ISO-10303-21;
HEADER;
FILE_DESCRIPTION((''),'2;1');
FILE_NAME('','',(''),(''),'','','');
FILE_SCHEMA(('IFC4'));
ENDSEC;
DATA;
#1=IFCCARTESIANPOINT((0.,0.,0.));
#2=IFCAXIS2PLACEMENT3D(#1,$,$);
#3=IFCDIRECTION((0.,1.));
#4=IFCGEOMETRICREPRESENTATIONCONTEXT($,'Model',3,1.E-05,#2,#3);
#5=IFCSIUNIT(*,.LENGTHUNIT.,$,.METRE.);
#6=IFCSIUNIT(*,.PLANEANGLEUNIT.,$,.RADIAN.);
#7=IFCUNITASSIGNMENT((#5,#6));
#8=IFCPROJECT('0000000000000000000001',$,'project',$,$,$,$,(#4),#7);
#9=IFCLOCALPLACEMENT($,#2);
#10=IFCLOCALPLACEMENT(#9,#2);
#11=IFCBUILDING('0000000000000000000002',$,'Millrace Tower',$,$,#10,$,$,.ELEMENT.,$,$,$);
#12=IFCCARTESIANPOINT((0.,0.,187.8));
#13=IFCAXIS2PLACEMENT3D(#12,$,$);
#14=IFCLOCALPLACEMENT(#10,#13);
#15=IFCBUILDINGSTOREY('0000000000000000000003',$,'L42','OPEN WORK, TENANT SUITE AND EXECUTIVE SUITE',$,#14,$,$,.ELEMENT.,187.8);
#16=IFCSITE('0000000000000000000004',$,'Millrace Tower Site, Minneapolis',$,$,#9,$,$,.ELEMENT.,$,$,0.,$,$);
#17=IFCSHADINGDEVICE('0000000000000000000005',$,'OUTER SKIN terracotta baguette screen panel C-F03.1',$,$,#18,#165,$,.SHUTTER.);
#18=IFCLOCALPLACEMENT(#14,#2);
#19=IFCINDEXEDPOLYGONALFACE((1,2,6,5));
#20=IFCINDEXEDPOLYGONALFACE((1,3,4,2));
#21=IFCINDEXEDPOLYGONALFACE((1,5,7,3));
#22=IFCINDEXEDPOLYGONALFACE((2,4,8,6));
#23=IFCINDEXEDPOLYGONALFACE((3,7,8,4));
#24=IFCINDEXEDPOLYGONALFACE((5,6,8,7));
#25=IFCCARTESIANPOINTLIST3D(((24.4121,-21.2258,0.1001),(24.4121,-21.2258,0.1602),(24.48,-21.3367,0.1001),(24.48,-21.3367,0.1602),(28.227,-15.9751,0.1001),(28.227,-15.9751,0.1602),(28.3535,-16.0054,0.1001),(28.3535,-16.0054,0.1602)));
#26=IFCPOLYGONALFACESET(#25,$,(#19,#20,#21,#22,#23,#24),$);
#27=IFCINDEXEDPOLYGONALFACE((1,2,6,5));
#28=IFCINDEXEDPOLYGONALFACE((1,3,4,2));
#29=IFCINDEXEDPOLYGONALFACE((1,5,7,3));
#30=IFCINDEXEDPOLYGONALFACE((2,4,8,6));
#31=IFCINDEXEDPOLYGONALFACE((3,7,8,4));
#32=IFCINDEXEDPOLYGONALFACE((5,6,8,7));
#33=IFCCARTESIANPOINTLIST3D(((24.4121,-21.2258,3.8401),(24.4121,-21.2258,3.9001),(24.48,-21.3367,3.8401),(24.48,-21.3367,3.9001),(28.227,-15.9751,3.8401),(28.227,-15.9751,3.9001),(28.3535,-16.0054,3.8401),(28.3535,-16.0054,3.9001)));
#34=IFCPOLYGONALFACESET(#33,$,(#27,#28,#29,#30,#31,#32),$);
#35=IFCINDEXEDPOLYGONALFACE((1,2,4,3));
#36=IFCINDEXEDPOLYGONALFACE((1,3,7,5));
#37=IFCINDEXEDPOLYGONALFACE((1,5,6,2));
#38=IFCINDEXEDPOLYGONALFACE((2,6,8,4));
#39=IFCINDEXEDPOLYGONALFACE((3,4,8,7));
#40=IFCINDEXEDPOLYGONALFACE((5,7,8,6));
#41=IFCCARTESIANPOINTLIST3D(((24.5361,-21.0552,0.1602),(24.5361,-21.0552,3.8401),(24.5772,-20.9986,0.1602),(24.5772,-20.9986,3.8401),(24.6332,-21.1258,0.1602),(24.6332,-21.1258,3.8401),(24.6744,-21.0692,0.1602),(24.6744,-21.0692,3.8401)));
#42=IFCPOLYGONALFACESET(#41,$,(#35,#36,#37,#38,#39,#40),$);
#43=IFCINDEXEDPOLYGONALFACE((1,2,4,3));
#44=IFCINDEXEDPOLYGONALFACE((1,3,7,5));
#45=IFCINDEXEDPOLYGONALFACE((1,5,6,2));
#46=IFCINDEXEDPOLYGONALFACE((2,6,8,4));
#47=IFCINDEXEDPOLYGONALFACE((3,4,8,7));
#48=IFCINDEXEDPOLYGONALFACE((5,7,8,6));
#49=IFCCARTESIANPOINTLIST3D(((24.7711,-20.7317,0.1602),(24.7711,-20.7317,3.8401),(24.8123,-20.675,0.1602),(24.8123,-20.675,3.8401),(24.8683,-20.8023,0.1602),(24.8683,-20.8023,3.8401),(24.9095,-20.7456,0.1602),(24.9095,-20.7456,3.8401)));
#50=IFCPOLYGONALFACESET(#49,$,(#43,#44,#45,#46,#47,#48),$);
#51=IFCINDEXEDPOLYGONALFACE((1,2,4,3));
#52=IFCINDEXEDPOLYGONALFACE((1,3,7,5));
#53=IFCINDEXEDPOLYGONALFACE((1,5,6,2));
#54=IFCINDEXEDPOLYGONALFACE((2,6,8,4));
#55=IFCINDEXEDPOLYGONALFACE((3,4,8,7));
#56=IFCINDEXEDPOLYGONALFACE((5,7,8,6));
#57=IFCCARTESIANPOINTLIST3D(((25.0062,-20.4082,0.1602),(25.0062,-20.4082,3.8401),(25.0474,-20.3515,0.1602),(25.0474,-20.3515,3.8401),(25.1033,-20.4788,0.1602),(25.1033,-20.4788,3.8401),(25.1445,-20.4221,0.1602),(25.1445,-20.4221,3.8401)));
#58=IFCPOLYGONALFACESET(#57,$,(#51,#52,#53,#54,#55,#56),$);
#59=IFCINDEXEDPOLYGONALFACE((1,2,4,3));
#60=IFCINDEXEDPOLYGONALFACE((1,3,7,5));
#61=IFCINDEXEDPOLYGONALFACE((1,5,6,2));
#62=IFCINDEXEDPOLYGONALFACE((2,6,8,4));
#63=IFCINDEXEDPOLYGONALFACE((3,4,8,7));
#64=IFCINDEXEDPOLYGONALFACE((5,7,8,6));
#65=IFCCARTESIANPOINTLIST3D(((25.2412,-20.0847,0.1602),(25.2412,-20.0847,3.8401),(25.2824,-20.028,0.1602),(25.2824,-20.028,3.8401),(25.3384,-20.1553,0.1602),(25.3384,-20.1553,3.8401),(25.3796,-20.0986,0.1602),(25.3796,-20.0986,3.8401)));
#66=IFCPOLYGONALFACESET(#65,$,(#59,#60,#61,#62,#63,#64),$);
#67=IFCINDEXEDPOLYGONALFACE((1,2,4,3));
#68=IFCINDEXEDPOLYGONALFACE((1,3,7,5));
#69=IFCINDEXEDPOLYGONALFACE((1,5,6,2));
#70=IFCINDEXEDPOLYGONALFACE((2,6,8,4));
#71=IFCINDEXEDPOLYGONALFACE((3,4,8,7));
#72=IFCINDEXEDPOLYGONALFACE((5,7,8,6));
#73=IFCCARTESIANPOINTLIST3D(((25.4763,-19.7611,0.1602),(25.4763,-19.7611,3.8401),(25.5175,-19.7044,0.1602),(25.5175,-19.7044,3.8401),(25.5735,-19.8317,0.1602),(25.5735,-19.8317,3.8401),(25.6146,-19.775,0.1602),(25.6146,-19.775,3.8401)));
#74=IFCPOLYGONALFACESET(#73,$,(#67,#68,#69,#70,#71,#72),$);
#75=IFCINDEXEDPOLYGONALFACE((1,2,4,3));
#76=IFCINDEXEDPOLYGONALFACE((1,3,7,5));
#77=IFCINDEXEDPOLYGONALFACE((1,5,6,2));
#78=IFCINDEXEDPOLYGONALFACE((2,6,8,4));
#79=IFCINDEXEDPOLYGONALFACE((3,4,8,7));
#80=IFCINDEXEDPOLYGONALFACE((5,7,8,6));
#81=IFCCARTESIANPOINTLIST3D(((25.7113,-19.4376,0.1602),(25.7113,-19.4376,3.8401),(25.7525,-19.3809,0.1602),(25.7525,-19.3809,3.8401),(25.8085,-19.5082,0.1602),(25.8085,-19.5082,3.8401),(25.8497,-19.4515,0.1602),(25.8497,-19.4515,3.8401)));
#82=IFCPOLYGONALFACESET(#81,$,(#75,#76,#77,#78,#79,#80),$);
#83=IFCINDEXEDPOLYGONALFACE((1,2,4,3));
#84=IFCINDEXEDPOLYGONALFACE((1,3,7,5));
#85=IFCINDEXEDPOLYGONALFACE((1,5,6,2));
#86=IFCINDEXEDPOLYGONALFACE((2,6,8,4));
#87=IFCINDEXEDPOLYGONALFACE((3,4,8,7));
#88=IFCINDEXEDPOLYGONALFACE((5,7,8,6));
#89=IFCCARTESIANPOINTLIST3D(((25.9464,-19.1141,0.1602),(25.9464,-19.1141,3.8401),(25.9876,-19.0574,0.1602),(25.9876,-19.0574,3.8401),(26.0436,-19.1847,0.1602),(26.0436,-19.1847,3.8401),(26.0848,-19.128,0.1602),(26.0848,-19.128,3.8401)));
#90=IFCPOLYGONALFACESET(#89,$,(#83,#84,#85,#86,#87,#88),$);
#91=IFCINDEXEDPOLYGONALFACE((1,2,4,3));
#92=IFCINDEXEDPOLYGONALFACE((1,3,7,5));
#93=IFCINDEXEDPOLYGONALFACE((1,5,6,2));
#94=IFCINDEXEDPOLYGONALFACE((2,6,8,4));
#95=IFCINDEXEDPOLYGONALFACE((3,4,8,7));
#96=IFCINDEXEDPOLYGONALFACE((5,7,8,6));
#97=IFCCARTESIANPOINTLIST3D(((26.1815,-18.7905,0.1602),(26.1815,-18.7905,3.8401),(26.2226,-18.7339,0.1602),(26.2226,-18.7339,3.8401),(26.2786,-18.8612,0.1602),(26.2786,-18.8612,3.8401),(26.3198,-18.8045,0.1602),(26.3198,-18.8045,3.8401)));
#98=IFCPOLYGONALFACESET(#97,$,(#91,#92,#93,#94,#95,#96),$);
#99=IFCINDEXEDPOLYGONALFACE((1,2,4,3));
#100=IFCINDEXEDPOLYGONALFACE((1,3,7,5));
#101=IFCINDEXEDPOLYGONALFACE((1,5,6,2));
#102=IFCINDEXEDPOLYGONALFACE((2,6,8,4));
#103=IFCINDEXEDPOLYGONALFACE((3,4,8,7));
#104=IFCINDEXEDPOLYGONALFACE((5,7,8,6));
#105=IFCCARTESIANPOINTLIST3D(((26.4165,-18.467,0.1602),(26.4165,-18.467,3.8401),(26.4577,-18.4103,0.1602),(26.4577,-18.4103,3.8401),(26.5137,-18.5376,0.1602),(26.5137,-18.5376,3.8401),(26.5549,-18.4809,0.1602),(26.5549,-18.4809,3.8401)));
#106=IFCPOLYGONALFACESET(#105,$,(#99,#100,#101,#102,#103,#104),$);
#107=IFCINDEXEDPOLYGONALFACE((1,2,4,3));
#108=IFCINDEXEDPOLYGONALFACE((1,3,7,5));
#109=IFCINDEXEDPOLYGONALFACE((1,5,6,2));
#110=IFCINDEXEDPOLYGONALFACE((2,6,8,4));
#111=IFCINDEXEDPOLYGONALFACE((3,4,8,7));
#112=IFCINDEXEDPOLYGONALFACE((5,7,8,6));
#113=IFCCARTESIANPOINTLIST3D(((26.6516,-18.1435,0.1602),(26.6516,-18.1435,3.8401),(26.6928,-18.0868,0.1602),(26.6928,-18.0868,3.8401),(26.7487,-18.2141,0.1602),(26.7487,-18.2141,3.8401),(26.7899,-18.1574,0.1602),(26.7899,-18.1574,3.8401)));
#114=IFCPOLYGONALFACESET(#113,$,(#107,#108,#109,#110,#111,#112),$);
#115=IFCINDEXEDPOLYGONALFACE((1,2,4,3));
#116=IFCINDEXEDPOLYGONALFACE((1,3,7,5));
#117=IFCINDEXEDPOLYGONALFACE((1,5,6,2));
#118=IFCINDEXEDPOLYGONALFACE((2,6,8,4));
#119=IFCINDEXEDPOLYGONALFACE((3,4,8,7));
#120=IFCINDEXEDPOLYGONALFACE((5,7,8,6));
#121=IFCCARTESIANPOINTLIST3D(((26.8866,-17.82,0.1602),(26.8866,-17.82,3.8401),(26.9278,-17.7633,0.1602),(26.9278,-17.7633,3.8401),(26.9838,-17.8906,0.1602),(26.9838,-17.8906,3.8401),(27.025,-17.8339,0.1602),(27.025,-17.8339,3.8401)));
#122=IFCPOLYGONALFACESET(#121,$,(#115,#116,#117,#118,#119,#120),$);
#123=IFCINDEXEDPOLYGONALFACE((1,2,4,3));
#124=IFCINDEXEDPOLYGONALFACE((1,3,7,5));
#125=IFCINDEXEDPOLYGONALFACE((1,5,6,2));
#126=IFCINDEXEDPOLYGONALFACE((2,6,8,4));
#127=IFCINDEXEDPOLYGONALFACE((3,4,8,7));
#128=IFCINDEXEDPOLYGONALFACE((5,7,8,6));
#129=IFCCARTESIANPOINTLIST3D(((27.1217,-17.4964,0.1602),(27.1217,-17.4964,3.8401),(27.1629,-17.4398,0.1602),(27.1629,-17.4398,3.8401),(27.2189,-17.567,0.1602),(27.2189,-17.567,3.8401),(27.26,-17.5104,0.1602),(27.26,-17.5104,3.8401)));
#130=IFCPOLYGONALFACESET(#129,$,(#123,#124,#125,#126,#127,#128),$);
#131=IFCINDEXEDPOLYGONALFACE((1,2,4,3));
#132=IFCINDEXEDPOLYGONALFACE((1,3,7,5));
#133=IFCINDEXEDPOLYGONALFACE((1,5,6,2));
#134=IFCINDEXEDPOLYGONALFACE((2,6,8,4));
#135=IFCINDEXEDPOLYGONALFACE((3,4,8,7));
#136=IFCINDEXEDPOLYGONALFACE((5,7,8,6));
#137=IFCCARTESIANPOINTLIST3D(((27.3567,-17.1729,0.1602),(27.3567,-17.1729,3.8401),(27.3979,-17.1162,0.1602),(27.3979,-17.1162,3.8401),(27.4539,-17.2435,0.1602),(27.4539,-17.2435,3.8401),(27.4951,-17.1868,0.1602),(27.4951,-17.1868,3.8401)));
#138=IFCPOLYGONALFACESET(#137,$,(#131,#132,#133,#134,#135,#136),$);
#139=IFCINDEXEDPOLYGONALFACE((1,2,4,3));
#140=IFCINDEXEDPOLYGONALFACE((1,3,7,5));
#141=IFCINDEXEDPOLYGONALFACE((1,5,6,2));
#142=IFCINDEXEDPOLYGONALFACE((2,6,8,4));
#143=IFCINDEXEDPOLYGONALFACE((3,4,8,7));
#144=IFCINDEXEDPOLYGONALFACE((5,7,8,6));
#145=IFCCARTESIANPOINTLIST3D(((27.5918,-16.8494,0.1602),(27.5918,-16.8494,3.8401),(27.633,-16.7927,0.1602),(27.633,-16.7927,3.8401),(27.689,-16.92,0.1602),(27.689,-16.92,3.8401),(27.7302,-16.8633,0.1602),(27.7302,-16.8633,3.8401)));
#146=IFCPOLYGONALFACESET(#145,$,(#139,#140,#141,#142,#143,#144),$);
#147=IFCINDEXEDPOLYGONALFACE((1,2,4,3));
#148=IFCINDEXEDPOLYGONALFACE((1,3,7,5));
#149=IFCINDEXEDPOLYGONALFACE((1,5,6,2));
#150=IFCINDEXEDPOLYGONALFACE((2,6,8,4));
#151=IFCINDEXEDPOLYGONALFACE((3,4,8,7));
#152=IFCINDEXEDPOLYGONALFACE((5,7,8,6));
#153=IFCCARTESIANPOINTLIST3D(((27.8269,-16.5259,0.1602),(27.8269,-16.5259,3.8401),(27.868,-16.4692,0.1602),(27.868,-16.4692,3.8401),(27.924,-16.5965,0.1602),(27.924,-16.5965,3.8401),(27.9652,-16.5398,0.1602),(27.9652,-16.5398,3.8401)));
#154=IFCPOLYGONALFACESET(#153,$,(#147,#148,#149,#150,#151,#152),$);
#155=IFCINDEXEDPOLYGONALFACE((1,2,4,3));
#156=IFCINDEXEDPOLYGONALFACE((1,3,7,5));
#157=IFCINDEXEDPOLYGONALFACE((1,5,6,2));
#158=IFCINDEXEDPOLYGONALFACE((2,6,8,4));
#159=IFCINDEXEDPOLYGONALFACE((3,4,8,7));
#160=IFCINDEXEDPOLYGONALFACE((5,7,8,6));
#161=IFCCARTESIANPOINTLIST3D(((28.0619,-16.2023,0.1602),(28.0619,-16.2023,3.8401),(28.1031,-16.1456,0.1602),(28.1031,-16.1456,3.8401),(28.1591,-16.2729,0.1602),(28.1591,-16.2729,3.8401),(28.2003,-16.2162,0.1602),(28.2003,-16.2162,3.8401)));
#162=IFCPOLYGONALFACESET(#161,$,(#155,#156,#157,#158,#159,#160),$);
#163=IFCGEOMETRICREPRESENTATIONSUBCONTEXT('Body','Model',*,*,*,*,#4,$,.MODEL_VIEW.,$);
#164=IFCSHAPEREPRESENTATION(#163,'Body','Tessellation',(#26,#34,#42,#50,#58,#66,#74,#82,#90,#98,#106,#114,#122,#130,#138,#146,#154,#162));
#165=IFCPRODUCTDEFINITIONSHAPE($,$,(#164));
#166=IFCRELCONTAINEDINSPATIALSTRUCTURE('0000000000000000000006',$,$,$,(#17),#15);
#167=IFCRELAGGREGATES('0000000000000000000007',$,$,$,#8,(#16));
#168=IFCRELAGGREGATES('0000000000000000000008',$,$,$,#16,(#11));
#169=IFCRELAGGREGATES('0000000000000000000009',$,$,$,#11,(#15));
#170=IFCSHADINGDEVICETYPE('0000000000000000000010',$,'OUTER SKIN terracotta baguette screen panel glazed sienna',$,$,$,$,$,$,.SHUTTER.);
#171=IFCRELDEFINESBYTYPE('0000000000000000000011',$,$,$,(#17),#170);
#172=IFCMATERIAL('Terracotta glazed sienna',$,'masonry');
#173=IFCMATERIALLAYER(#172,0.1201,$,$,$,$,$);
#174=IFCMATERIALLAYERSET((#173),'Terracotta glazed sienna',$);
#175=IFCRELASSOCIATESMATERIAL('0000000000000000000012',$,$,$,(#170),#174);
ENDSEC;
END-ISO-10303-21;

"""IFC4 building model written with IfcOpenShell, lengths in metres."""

from ifc_helpers import new_model, entity, si_unit, direction, frame, frame_2d, origin, place, context, subcontext, project, spatial, rectangle, extrude, source, transform, mapped, material, layer, layer_set, type_object, element, save


model = new_model("IFC4")

# Units and contexts
model_context = context("Model", 3, precision=1e-05, world=origin(), true_north=direction((0.0, 1.0)))
body_context = subcontext(model_context, "Body", "Model", "MODEL_VIEW")
ifc_project = project(units=[si_unit("LENGTHUNIT", "METRE"), si_unit("PLANEANGLEUNIT", "RADIAN")], contexts=[model_context])

# Site, building, storey
site_placement = place(None, origin())
site = spatial("IfcSite", under=ifc_project, at=site_placement, Name="Millrace Tower Site, Minneapolis", CompositionType="ELEMENT", RefElevation=0.0)
building_placement = place(site_placement, origin())
building = spatial("IfcBuilding", under=site, at=building_placement, Name="Millrace Tower", CompositionType="ELEMENT")
storey_placement = place(building_placement, frame((0.0, 0.0, 187.8)))
storey = spatial("IfcBuildingStorey", under=building, at=storey_placement, Name="L42", Description="OPEN WORK, TENANT SUITE AND EXECUTIVE SUITE", CompositionType="ELEMENT", Elevation=187.8)

# Shading device
ifc_material_1 = material(Name="Terracotta glazed sienna", Category="masonry")
ifc_layer_1 = layer(ifc_material_1, 0.1201)
ifc_layer_set_1 = layer_set([ifc_layer_1], Name="Terracotta glazed sienna")
shading_device_type = type_object("IfcShadingDeviceType", Name="OUTER SKIN terracotta baguette screen panel glazed sienna", PredefinedType="SHUTTER", material=ifc_layer_set_1)
cartesian_point_1 = entity("IfcCartesianPoint", [-3.2451, 0.0601])
shared_polyline_1 = entity("IfcPolyline", [cartesian_point_1, entity("IfcCartesianPoint", [3.2451, 0.0601]), entity("IfcCartesianPoint", [3.2949, -0.0601]), entity("IfcCartesianPoint", [-3.2949, -0.0601]), cartesian_point_1])
shared_shape_1 = source(origin(), body_context, "Body", "SweptSolid", [
    entity("IfcExtrudedAreaSolid", entity("IfcArbitraryClosedProfileDef", "AREA", None, shared_polyline_1), entity("IfcAxis2Placement3D", entity("IfcCartesianPoint", [0.0, 0.0, 0.0])), entity("IfcDirection", [0.0, 0.0, 1.0]), 0.0601),
    entity("IfcExtrudedAreaSolid", entity("IfcArbitraryClosedProfileDef", "AREA", None, shared_polyline_1), entity("IfcAxis2Placement3D", entity("IfcCartesianPoint", [0.0, 0.0, 3.74])), entity("IfcDirection", [0.0, 0.0, 1.0]), 0.0601),
    extrude(rectangle(XDim=0.0701, YDim=0.1201, at=frame_2d((-2.9993, 0.0))), frame((0.0, 0.0, 0.0601)), (0.0, 0.0, 1.0), 3.6799),
    extrude(rectangle(XDim=0.0701, YDim=0.1201, at=frame_2d((-2.5994, 0.0))), frame((0.0, 0.0, 0.0601)), (0.0, 0.0, 1.0), 3.6799),
    extrude(rectangle(XDim=0.0701, YDim=0.1201, at=frame_2d((-2.1995, 0.0))), frame((0.0, 0.0, 0.0601)), (0.0, 0.0, 1.0), 3.6799),
    extrude(rectangle(XDim=0.0701, YDim=0.1201, at=frame_2d((-1.7996, 0.0))), frame((0.0, 0.0, 0.0601)), (0.0, 0.0, 1.0), 3.6799),
    extrude(rectangle(XDim=0.0701, YDim=0.1201, at=frame_2d((-1.3997, 0.0))), frame((0.0, 0.0, 0.0601)), (0.0, 0.0, 1.0), 3.6799),
    extrude(rectangle(XDim=0.0701, YDim=0.1201, at=frame_2d((-0.9998, 0.0))), frame((0.0, 0.0, 0.0601)), (0.0, 0.0, 1.0), 3.6799),
    extrude(rectangle(XDim=0.0701, YDim=0.1201, at=frame_2d((-0.5999, 0.0))), frame((0.0, 0.0, 0.0601)), (0.0, 0.0, 1.0), 3.6799),
    extrude(rectangle(XDim=0.0701, YDim=0.1201, at=frame_2d((-0.2, 0.0))), frame((0.0, 0.0, 0.0601)), (0.0, 0.0, 1.0), 3.6799),
    extrude(rectangle(XDim=0.0701, YDim=0.1201, at=frame_2d((0.2, 0.0))), frame((0.0, 0.0, 0.0601)), (0.0, 0.0, 1.0), 3.6799),
    extrude(rectangle(XDim=0.0701, YDim=0.1201, at=frame_2d((0.5999, 0.0))), frame((0.0, 0.0, 0.0601)), (0.0, 0.0, 1.0), 3.6799),
    extrude(rectangle(XDim=0.0701, YDim=0.1201, at=frame_2d((0.9998, 0.0))), frame((0.0, 0.0, 0.0601)), (0.0, 0.0, 1.0), 3.6799),
    extrude(rectangle(XDim=0.0701, YDim=0.1201, at=frame_2d((1.3997, 0.0))), frame((0.0, 0.0, 0.0601)), (0.0, 0.0, 1.0), 3.6799),
    extrude(rectangle(XDim=0.0701, YDim=0.1201, at=frame_2d((1.7996, 0.0))), frame((0.0, 0.0, 0.0601)), (0.0, 0.0, 1.0), 3.6799),
    extrude(rectangle(XDim=0.0701, YDim=0.1201, at=frame_2d((2.1995, 0.0))), frame((0.0, 0.0, 0.0601)), (0.0, 0.0, 1.0), 3.6799),
    extrude(rectangle(XDim=0.0701, YDim=0.1201, at=frame_2d((2.5994, 0.0))), frame((0.0, 0.0, 0.0601)), (0.0, 0.0, 1.0), 3.6799),
    extrude(rectangle(XDim=0.0701, YDim=0.1201, at=frame_2d((2.9993, 0.0))), frame((0.0, 0.0, 0.0601)), (0.0, 0.0, 1.0), 3.6799),
])
shading_device_1_placement = place(storey_placement, frame((26.3682, -18.6357, 0.1001), z_axis=(0.0, 0.0, 1.0), x_axis=(0.587785, 0.809017, 0.0)))
element("IfcShadingDevice", 1, at=shading_device_1_placement, inside=storey, type_object=shading_device_type, Name="OUTER SKIN terracotta baguette screen panel C-F03.1", PredefinedType="SHUTTER", context=body_context, shape_type="MappedRepresentation", body=[
    mapped(shared_shape_1, transform((0.0, 0.0, 0.0), scale=1.0)),
])

save(model, "model.ifc")
